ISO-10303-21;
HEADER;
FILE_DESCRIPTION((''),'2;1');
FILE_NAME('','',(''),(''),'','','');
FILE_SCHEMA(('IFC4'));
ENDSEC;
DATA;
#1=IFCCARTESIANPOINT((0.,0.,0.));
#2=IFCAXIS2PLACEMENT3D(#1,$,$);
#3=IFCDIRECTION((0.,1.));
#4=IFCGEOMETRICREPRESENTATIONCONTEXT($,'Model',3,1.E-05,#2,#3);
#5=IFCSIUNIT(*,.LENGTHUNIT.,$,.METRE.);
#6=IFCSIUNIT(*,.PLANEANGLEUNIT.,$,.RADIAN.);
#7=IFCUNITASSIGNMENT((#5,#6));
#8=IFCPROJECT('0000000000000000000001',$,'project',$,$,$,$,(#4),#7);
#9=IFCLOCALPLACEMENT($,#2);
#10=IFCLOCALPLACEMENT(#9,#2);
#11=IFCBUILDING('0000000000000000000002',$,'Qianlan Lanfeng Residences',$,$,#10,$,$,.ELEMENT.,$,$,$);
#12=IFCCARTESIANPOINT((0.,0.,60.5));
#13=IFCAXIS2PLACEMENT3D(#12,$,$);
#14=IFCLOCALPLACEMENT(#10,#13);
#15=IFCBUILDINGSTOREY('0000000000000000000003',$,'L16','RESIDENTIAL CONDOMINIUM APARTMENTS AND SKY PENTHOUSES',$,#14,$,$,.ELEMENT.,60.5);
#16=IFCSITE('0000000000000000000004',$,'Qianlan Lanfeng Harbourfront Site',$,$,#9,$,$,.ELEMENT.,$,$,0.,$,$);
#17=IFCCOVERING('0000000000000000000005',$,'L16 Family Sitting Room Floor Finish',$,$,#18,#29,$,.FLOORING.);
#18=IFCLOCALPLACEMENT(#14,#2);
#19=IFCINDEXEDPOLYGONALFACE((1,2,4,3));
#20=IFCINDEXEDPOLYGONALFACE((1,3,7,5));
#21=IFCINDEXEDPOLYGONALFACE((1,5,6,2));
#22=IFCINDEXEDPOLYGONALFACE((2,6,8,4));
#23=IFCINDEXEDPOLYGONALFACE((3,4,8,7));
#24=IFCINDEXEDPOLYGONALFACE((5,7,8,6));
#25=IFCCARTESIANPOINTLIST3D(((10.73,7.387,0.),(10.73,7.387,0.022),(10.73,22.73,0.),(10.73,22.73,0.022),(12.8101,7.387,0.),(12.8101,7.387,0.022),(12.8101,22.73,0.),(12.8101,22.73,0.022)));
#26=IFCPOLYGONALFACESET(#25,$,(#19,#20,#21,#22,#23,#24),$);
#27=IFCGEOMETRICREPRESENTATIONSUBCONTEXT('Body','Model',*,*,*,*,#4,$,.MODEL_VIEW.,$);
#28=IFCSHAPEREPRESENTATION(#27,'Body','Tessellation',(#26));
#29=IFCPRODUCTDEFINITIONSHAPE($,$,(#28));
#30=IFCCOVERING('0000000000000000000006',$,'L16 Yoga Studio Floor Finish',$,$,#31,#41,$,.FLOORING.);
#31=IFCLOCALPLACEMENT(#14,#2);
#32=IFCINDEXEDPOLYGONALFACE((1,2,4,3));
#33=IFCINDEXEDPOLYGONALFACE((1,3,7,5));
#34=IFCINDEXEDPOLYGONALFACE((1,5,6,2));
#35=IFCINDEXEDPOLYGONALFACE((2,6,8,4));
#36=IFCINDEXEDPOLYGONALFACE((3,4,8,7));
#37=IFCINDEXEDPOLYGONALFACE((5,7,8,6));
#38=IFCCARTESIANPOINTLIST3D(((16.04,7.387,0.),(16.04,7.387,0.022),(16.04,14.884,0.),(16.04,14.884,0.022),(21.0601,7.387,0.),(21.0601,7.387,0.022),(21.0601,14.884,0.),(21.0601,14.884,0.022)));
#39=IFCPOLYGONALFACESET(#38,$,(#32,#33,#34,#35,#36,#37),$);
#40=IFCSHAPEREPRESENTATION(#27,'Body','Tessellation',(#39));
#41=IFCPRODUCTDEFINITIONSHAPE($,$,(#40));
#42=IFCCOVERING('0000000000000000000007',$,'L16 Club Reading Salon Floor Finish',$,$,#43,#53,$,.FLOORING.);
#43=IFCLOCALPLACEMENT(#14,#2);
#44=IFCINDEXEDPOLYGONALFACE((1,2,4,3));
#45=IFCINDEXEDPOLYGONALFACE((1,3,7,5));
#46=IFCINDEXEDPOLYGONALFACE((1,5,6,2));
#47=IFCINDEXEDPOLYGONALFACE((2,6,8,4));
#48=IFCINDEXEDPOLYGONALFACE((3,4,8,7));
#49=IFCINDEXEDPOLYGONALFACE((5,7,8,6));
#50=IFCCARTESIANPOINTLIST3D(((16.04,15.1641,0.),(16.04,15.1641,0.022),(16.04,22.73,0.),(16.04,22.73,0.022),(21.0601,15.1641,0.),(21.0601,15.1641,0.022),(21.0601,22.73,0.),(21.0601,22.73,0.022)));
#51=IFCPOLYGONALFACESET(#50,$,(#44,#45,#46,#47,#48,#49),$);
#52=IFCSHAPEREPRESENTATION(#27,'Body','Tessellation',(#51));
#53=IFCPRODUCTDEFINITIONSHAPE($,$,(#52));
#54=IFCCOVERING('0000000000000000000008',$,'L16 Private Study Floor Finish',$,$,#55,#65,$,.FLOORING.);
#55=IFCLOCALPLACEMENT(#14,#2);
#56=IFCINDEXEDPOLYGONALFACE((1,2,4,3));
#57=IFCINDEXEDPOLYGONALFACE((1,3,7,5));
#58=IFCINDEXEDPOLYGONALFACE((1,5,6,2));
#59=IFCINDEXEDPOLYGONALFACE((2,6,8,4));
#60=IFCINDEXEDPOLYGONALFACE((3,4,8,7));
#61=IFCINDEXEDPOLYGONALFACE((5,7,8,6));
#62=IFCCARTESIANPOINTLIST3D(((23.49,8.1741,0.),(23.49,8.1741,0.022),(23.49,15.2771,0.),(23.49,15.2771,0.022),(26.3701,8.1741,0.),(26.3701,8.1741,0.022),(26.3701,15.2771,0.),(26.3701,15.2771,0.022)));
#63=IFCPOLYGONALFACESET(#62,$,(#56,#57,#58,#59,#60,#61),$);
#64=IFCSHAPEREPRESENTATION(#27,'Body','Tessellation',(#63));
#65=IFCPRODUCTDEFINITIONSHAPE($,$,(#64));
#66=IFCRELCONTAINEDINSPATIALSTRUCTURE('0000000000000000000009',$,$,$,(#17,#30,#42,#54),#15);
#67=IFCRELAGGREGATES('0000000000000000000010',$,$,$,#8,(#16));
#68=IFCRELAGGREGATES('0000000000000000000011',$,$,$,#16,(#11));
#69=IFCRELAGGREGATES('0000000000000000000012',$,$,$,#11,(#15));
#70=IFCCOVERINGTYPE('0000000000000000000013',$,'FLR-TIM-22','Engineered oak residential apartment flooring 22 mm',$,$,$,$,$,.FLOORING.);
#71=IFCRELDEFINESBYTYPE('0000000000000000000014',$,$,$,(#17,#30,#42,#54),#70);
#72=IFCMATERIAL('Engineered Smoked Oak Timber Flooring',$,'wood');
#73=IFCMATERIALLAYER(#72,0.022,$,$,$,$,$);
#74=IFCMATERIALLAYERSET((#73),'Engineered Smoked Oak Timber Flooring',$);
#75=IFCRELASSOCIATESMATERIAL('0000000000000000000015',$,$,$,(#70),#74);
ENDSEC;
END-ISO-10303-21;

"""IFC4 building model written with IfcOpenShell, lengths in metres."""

from ifc_helpers import new_model, si_unit, direction, frame, origin, place, context, subcontext, project, spatial, polyline, outline, extrude, material, layer, layer_set, type_object, element, save


model = new_model("IFC4")

# Units and contexts
model_context = context("Model", 3, precision=1e-05, world=origin(), true_north=direction((0.0, 1.0)))
body_context = subcontext(model_context, "Body", "Model", "MODEL_VIEW")
ifc_project = project(units=[si_unit("LENGTHUNIT", "METRE"), si_unit("PLANEANGLEUNIT", "RADIAN")], contexts=[model_context])

# Site, building, storey
site_placement = place(None, origin())
site = spatial("IfcSite", under=ifc_project, at=site_placement, Name="Qianlan Lanfeng Harbourfront Site", CompositionType="ELEMENT", RefElevation=0.0)
building_placement = place(site_placement, origin())
building = spatial("IfcBuilding", under=site, at=building_placement, Name="Qianlan Lanfeng Residences", CompositionType="ELEMENT")
storey_placement = place(building_placement, frame((0.0, 0.0, 60.5)))
storey = spatial("IfcBuildingStorey", under=building, at=storey_placement, Name="L16", Description="RESIDENTIAL CONDOMINIUM APARTMENTS AND SKY PENTHOUSES", CompositionType="ELEMENT", Elevation=60.5)

# Coverings
ifc_material_1 = material(Name="Engineered Smoked Oak Timber Flooring", Category="wood")
ifc_layer_1 = layer(ifc_material_1, 0.022)
ifc_layer_set_1 = layer_set([ifc_layer_1], Name="Engineered Smoked Oak Timber Flooring")
covering_type_1 = type_object("IfcCoveringType", Name="FLR-TIM-22", Description="Engineered oak residential apartment flooring 22 mm", PredefinedType="FLOORING", material=ifc_layer_set_1)
covering_1_placement = place(storey_placement, origin())
element("IfcCovering", 1, at=covering_1_placement, inside=storey, type_object=covering_type_1, Name="L16 Family Sitting Room Floor Finish", PredefinedType="FLOORING", context=body_context, shape_type="SweptSolid", body=[
    extrude(outline(polyline([(10.73, 7.387), (12.8101, 7.387), (12.8101, 22.73), (10.73, 22.73), (10.73, 7.387)])), origin(), (0.0, 0.0, 1.0), 0.022),
])
covering_2_placement = place(storey_placement, origin())
element("IfcCovering", 2, at=covering_2_placement, inside=storey, type_object=covering_type_1, Name="L16 Yoga Studio Floor Finish", PredefinedType="FLOORING", context=body_context, shape_type="SweptSolid", body=[
    extrude(outline(polyline([(16.04, 7.387), (21.0601, 7.387), (21.0601, 14.884), (16.04, 14.884), (16.04, 7.387)])), origin(), (0.0, 0.0, 1.0), 0.022),
])
covering_3_placement = place(storey_placement, origin())
element("IfcCovering", 3, at=covering_3_placement, inside=storey, type_object=covering_type_1, Name="L16 Club Reading Salon Floor Finish", PredefinedType="FLOORING", context=body_context, shape_type="SweptSolid", body=[
    extrude(outline(polyline([(16.04, 15.1641), (21.0601, 15.1641), (21.0601, 22.73), (16.04, 22.73), (16.04, 15.1641)])), origin(), (0.0, 0.0, 1.0), 0.022),
])
covering_4_placement = place(storey_placement, origin())
element("IfcCovering", 4, at=covering_4_placement, inside=storey, type_object=covering_type_1, Name="L16 Private Study Floor Finish", PredefinedType="FLOORING", context=body_context, shape_type="SweptSolid", body=[
    extrude(outline(polyline([(23.49, 8.1741), (26.3701, 8.1741), (26.3701, 15.2771), (23.49, 15.2771), (23.49, 8.1741)])), origin(), (0.0, 0.0, 1.0), 0.022),
])

save(model, "model.ifc")
